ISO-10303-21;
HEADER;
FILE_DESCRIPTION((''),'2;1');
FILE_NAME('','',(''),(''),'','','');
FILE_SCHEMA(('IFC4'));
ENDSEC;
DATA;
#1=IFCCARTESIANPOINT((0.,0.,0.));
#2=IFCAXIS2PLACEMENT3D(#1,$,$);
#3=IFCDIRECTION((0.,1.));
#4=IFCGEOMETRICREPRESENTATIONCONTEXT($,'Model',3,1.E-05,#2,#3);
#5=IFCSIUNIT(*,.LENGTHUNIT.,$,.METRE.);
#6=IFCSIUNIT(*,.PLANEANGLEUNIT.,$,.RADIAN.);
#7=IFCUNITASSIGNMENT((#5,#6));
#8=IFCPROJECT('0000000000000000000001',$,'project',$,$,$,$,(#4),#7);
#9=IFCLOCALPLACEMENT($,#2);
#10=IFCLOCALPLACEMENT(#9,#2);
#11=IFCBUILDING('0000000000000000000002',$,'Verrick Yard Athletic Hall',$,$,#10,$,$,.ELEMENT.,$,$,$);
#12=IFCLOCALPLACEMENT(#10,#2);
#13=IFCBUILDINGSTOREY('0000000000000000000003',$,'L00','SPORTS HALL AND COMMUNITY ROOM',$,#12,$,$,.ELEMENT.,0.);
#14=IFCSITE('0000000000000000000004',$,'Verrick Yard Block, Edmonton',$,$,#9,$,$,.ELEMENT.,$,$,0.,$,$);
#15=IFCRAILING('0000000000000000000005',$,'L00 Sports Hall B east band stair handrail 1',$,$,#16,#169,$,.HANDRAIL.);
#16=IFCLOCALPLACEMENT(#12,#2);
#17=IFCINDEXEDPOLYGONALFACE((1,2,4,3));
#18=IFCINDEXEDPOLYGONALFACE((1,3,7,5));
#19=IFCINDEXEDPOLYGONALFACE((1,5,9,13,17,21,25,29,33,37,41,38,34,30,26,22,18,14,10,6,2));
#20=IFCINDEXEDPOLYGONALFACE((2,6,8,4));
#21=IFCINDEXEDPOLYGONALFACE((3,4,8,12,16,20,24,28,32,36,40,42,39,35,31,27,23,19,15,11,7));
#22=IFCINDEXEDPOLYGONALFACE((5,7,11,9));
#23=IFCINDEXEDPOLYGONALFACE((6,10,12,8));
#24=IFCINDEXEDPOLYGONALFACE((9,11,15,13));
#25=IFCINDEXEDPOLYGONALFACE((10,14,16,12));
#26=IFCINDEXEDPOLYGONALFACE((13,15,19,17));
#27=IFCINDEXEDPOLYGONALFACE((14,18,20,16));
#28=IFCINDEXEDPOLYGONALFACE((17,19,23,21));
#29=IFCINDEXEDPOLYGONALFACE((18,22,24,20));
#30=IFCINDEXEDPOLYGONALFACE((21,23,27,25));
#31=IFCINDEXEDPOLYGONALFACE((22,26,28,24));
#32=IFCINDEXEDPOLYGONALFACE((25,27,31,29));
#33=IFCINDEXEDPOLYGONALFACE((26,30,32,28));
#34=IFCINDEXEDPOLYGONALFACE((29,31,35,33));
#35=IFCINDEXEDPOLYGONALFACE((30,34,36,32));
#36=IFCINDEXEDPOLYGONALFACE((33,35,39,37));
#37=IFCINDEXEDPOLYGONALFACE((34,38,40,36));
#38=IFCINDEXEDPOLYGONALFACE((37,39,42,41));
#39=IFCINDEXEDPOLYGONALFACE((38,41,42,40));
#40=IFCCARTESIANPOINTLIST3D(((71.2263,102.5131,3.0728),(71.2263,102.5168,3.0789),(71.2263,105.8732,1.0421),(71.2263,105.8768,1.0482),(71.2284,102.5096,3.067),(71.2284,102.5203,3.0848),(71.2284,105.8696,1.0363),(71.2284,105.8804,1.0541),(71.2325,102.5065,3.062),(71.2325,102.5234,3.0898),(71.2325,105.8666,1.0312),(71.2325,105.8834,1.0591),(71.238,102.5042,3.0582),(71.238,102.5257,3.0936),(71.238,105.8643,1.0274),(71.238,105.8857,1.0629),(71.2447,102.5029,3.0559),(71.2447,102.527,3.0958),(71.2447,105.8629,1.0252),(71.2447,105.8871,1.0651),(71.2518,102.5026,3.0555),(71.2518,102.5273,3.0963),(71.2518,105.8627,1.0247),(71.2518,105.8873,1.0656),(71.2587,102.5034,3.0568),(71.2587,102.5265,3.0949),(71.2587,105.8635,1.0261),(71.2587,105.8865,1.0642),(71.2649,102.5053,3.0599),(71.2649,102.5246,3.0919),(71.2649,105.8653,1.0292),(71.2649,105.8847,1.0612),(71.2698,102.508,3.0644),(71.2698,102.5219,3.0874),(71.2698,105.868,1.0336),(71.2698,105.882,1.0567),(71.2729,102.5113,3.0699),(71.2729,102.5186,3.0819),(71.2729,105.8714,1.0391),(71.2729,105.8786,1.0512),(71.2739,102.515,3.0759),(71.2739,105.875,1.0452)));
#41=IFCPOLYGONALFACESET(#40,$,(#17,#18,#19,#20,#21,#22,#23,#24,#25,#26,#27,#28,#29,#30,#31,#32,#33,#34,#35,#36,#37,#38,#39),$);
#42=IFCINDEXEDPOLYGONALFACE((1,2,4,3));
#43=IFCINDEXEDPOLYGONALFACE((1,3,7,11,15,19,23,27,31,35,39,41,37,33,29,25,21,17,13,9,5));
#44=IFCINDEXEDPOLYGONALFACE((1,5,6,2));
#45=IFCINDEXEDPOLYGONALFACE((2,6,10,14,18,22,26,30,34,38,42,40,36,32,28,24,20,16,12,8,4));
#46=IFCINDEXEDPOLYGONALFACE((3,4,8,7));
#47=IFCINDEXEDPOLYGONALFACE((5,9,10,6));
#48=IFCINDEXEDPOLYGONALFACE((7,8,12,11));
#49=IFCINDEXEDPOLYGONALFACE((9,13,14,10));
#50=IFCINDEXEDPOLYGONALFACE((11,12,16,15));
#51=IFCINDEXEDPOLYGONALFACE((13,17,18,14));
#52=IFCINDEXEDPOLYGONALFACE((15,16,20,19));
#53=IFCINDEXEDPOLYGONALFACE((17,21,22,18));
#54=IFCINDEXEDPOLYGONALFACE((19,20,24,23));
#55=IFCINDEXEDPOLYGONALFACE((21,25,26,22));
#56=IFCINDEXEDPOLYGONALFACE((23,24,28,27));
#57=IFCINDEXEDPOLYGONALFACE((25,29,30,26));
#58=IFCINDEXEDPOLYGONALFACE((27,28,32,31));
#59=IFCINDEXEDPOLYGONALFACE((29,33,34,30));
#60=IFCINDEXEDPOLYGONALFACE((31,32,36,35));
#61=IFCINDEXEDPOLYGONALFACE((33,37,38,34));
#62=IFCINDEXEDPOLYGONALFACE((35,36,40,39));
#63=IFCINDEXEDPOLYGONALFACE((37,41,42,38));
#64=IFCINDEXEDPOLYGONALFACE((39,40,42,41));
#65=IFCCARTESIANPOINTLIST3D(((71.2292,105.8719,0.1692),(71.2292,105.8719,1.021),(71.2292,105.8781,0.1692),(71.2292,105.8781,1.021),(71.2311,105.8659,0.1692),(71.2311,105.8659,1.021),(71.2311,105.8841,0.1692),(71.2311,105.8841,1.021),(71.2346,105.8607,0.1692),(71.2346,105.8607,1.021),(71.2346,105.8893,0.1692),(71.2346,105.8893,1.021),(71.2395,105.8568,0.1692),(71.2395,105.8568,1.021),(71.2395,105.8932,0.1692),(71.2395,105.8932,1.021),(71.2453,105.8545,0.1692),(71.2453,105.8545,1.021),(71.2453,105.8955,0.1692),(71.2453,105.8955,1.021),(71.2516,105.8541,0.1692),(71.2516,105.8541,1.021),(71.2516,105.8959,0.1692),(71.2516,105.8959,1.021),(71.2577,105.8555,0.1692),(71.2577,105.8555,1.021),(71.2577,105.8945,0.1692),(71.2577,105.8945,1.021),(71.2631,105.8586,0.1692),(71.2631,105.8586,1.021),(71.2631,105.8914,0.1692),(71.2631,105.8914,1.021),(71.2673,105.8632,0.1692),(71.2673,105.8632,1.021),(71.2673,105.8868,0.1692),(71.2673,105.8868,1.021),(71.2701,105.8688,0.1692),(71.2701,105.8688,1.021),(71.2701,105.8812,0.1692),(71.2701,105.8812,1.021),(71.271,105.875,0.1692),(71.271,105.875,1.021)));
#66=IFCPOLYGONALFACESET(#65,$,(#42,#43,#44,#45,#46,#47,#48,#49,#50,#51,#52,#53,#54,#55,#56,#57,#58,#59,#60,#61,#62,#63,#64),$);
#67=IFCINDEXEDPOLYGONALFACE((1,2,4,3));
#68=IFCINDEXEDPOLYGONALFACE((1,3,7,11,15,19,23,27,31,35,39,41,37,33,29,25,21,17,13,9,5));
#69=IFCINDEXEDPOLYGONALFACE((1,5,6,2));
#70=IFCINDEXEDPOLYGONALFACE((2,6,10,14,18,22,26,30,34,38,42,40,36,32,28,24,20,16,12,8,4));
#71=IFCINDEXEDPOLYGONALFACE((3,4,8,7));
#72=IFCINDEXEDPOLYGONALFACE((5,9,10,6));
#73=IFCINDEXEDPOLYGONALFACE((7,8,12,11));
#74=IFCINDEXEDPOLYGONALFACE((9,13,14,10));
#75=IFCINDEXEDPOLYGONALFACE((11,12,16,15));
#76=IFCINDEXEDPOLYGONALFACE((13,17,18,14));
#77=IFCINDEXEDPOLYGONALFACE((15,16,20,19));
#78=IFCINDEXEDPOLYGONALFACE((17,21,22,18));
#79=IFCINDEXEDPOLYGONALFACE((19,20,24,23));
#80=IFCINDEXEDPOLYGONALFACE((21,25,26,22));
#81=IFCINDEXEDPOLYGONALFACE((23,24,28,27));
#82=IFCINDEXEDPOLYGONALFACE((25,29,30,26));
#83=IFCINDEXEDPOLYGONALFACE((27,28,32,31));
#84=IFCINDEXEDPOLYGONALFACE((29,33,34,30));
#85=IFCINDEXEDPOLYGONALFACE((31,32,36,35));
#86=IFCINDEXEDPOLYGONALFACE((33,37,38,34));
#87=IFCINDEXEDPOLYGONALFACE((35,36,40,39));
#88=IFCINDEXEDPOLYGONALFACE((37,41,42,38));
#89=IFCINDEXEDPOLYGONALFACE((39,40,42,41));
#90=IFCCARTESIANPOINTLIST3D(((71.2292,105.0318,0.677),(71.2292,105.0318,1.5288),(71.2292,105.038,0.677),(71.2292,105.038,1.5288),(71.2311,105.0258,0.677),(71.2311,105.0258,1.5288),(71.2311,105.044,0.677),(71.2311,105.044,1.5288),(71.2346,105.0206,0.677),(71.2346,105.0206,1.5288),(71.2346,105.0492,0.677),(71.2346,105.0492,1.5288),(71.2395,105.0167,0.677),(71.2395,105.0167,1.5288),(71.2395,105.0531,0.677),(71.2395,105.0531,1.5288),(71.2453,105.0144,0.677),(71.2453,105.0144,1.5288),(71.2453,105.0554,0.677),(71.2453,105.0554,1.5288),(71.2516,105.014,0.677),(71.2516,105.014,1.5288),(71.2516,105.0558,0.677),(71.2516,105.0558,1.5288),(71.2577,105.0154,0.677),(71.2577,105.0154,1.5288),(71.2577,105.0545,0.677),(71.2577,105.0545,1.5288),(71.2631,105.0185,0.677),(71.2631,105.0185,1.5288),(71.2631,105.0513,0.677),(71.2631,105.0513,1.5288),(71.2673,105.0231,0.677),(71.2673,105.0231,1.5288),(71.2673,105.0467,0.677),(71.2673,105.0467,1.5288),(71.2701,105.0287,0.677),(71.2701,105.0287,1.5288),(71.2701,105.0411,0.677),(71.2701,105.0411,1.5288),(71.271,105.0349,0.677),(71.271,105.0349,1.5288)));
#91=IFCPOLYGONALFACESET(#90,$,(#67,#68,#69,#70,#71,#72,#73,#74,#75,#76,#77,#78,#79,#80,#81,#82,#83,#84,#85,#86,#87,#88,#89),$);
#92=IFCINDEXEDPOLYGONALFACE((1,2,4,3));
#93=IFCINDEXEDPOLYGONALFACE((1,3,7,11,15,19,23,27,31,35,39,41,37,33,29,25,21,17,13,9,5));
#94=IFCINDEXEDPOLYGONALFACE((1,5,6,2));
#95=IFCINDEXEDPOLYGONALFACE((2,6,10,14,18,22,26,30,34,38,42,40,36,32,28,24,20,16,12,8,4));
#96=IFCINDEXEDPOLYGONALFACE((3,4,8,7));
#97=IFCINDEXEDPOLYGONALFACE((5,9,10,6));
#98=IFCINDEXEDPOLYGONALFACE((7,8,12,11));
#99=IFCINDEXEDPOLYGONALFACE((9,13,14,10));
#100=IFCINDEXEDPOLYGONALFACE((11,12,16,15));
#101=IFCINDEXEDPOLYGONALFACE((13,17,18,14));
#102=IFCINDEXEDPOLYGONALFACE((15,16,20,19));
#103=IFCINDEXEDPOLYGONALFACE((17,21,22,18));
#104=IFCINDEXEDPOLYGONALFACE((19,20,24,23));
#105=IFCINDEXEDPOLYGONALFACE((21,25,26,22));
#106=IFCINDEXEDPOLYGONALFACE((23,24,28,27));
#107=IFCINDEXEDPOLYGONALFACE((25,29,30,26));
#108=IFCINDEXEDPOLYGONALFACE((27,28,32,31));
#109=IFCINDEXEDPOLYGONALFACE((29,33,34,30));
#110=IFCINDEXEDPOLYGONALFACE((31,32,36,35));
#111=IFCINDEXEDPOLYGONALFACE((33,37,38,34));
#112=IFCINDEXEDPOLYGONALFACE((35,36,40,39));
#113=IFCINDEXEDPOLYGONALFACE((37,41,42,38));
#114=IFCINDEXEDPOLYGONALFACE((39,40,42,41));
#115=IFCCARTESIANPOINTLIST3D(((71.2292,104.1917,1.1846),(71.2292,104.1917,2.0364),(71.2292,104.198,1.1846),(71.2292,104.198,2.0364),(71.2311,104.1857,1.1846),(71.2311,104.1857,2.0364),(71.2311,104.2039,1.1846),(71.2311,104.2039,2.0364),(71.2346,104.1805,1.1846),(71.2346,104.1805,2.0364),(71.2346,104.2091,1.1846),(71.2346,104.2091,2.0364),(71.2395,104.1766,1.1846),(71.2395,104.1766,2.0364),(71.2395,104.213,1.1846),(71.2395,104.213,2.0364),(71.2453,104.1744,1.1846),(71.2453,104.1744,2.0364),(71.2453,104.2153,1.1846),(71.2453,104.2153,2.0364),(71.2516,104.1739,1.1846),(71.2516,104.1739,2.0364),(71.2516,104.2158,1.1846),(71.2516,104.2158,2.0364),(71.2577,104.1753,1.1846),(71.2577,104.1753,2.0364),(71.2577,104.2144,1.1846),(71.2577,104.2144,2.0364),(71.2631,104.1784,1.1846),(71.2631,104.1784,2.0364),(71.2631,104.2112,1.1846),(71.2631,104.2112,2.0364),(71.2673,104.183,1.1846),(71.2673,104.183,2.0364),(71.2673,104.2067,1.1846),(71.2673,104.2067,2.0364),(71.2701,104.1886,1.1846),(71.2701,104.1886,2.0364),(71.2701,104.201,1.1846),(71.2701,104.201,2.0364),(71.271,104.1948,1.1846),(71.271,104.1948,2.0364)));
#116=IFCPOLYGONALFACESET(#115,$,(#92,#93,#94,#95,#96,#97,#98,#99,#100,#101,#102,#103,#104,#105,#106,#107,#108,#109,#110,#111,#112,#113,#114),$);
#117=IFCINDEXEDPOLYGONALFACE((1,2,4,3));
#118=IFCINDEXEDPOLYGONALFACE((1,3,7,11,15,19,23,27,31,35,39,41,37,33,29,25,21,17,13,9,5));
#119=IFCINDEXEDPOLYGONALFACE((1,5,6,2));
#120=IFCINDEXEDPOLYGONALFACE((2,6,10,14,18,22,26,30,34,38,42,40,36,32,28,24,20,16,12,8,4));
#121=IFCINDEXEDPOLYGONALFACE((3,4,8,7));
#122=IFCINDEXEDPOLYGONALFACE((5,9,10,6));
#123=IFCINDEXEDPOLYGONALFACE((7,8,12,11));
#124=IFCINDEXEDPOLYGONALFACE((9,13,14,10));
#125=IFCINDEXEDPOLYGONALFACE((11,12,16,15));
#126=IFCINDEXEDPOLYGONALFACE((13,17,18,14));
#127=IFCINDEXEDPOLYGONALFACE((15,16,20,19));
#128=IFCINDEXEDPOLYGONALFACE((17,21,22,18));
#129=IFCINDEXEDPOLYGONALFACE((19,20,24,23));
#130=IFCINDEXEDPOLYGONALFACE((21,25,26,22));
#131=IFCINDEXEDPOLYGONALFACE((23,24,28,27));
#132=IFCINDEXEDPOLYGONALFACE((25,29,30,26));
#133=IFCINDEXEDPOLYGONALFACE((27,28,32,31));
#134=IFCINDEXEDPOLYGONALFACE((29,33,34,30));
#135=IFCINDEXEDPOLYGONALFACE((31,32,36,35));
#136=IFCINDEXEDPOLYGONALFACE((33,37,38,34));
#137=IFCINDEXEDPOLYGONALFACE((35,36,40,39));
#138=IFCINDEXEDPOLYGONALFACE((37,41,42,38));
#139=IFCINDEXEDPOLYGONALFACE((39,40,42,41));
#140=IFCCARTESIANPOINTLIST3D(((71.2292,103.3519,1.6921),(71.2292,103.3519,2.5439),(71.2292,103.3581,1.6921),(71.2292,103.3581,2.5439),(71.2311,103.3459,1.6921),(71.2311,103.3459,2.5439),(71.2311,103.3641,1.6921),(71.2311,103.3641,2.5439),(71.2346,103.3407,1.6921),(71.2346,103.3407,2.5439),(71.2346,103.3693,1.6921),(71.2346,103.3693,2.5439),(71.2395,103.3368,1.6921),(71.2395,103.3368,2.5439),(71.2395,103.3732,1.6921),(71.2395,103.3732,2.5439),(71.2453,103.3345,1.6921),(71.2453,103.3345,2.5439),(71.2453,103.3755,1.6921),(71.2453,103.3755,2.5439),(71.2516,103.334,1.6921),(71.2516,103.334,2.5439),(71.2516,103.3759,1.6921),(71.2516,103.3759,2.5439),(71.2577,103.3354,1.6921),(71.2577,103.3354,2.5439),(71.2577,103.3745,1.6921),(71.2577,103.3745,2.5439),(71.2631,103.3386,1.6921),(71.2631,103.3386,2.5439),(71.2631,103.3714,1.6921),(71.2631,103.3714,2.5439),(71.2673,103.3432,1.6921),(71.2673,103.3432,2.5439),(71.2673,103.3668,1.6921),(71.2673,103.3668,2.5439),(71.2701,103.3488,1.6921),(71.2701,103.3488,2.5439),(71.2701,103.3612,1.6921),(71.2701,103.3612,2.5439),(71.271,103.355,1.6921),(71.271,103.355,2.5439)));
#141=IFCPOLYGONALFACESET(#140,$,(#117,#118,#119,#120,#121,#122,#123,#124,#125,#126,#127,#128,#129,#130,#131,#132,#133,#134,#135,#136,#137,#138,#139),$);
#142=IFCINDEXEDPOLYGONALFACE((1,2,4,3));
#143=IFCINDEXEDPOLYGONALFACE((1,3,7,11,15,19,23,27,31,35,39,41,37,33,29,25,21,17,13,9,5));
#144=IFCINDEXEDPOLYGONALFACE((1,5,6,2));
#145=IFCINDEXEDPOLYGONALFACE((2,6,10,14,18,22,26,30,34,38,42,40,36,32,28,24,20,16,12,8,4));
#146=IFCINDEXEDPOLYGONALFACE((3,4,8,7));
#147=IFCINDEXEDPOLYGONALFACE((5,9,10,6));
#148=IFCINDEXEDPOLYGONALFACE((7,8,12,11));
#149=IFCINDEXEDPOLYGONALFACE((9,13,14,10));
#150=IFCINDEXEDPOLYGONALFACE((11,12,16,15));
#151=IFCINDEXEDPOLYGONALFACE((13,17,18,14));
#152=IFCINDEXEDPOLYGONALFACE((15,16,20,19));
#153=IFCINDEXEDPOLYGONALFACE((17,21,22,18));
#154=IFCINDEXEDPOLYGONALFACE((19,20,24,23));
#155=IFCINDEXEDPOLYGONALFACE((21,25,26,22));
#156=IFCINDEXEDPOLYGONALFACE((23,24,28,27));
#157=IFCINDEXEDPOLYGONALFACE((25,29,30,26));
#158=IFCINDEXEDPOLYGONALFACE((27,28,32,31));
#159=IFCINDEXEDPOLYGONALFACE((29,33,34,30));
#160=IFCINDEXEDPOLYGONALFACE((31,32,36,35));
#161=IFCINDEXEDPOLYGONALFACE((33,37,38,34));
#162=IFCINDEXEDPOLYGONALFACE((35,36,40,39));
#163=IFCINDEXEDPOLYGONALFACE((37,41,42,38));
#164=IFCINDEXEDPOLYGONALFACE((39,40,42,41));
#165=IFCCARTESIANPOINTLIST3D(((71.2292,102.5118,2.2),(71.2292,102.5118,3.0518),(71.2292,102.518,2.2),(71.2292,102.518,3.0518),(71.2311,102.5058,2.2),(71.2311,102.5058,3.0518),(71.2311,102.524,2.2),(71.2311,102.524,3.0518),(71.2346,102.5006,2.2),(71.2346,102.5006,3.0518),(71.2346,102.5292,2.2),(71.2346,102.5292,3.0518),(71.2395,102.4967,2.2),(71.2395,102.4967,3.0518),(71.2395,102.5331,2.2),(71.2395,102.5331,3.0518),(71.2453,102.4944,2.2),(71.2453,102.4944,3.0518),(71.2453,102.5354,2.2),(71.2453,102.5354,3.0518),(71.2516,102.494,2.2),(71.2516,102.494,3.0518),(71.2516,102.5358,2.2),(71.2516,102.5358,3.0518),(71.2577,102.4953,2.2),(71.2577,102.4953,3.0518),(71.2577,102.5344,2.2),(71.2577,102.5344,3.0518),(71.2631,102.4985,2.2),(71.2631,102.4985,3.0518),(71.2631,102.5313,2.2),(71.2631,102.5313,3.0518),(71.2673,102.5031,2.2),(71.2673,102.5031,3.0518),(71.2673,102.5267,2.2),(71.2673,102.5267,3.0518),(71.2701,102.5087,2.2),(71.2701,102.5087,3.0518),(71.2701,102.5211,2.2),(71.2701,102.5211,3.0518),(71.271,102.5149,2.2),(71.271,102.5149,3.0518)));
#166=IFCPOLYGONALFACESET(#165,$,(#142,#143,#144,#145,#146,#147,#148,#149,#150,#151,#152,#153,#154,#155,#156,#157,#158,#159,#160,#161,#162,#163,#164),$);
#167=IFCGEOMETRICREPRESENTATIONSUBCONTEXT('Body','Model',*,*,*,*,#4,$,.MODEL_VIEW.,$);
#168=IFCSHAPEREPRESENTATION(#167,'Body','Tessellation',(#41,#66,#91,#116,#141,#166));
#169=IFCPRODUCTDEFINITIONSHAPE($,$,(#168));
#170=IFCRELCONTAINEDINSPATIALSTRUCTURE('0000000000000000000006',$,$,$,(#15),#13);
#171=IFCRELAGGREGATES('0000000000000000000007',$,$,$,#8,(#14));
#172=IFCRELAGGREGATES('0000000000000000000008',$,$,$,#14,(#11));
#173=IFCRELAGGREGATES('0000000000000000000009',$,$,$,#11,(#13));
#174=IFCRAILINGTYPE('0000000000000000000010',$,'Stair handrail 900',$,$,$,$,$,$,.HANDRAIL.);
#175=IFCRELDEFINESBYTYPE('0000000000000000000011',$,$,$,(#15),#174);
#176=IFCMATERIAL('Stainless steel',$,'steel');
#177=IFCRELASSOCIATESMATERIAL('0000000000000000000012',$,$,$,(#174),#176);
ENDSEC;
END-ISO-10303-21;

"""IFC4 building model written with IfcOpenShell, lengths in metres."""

from ifc_helpers import new_model, si_unit, direction, frame, origin, origin_2d, place, context, subcontext, project, spatial, circle, extrude, material, type_object, element, save


model = new_model("IFC4")

# Units and contexts
model_context = context("Model", 3, precision=1e-05, world=origin(), true_north=direction((0.0, 1.0)))
body_context = subcontext(model_context, "Body", "Model", "MODEL_VIEW")
ifc_project = project(units=[si_unit("LENGTHUNIT", "METRE"), si_unit("PLANEANGLEUNIT", "RADIAN")], contexts=[model_context])

# Site, building, storey
site_placement = place(None, origin())
site = spatial("IfcSite", under=ifc_project, at=site_placement, Name="Verrick Yard Block, Edmonton", CompositionType="ELEMENT", RefElevation=0.0)
building_placement = place(site_placement, origin())
building = spatial("IfcBuilding", under=site, at=building_placement, Name="Verrick Yard Athletic Hall", CompositionType="ELEMENT")
storey_placement = place(building_placement, origin())
storey = spatial("IfcBuildingStorey", under=building, at=storey_placement, Name="L00", Description="SPORTS HALL AND COMMUNITY ROOM", CompositionType="ELEMENT", Elevation=0.0)

# Railing
ifc_material_1 = material(Name="Stainless steel", Category="steel")
railing_type_1 = type_object("IfcRailingType", Name="Stair handrail 900", PredefinedType="HANDRAIL", material=ifc_material_1)
railing_1_placement = place(storey_placement, frame((71.25, 105.875, 0.1692)))
element("IfcRailing", 1, at=railing_1_placement, inside=storey, type_object=railing_type_1, Name="L00 Sports Hall B east band stair handrail 1", PredefinedType="HANDRAIL", context=body_context, shape_type="SweptSolid", body=[
    extrude(circle(Radius=0.0239, at=origin_2d()), frame((0.0, 0.0, 0.876), z_axis=(0.0, -0.855837, 0.517246), x_axis=(1.0, 0.0, 0.0)), (0.0, 0.0, 1.0), 3.926),
    extrude(circle(Radius=0.021, at=origin_2d()), origin(), (0.0, 0.0, 1.0), 0.8518),
    extrude(circle(Radius=0.021, at=origin_2d()), frame((0.0, -0.8401, 0.5078)), (0.0, 0.0, 1.0), 0.8518),
    extrude(circle(Radius=0.021, at=origin_2d()), frame((0.0, -1.6802, 1.0154)), (0.0, 0.0, 1.0), 0.8518),
    extrude(circle(Radius=0.021, at=origin_2d()), frame((0.0, -2.52, 1.5229)), (0.0, 0.0, 1.0), 0.8518),
    extrude(circle(Radius=0.021, at=origin_2d()), frame((0.0, -3.3601, 2.0308)), (0.0, 0.0, 1.0), 0.8518),
])

save(model, "model.ifc")
